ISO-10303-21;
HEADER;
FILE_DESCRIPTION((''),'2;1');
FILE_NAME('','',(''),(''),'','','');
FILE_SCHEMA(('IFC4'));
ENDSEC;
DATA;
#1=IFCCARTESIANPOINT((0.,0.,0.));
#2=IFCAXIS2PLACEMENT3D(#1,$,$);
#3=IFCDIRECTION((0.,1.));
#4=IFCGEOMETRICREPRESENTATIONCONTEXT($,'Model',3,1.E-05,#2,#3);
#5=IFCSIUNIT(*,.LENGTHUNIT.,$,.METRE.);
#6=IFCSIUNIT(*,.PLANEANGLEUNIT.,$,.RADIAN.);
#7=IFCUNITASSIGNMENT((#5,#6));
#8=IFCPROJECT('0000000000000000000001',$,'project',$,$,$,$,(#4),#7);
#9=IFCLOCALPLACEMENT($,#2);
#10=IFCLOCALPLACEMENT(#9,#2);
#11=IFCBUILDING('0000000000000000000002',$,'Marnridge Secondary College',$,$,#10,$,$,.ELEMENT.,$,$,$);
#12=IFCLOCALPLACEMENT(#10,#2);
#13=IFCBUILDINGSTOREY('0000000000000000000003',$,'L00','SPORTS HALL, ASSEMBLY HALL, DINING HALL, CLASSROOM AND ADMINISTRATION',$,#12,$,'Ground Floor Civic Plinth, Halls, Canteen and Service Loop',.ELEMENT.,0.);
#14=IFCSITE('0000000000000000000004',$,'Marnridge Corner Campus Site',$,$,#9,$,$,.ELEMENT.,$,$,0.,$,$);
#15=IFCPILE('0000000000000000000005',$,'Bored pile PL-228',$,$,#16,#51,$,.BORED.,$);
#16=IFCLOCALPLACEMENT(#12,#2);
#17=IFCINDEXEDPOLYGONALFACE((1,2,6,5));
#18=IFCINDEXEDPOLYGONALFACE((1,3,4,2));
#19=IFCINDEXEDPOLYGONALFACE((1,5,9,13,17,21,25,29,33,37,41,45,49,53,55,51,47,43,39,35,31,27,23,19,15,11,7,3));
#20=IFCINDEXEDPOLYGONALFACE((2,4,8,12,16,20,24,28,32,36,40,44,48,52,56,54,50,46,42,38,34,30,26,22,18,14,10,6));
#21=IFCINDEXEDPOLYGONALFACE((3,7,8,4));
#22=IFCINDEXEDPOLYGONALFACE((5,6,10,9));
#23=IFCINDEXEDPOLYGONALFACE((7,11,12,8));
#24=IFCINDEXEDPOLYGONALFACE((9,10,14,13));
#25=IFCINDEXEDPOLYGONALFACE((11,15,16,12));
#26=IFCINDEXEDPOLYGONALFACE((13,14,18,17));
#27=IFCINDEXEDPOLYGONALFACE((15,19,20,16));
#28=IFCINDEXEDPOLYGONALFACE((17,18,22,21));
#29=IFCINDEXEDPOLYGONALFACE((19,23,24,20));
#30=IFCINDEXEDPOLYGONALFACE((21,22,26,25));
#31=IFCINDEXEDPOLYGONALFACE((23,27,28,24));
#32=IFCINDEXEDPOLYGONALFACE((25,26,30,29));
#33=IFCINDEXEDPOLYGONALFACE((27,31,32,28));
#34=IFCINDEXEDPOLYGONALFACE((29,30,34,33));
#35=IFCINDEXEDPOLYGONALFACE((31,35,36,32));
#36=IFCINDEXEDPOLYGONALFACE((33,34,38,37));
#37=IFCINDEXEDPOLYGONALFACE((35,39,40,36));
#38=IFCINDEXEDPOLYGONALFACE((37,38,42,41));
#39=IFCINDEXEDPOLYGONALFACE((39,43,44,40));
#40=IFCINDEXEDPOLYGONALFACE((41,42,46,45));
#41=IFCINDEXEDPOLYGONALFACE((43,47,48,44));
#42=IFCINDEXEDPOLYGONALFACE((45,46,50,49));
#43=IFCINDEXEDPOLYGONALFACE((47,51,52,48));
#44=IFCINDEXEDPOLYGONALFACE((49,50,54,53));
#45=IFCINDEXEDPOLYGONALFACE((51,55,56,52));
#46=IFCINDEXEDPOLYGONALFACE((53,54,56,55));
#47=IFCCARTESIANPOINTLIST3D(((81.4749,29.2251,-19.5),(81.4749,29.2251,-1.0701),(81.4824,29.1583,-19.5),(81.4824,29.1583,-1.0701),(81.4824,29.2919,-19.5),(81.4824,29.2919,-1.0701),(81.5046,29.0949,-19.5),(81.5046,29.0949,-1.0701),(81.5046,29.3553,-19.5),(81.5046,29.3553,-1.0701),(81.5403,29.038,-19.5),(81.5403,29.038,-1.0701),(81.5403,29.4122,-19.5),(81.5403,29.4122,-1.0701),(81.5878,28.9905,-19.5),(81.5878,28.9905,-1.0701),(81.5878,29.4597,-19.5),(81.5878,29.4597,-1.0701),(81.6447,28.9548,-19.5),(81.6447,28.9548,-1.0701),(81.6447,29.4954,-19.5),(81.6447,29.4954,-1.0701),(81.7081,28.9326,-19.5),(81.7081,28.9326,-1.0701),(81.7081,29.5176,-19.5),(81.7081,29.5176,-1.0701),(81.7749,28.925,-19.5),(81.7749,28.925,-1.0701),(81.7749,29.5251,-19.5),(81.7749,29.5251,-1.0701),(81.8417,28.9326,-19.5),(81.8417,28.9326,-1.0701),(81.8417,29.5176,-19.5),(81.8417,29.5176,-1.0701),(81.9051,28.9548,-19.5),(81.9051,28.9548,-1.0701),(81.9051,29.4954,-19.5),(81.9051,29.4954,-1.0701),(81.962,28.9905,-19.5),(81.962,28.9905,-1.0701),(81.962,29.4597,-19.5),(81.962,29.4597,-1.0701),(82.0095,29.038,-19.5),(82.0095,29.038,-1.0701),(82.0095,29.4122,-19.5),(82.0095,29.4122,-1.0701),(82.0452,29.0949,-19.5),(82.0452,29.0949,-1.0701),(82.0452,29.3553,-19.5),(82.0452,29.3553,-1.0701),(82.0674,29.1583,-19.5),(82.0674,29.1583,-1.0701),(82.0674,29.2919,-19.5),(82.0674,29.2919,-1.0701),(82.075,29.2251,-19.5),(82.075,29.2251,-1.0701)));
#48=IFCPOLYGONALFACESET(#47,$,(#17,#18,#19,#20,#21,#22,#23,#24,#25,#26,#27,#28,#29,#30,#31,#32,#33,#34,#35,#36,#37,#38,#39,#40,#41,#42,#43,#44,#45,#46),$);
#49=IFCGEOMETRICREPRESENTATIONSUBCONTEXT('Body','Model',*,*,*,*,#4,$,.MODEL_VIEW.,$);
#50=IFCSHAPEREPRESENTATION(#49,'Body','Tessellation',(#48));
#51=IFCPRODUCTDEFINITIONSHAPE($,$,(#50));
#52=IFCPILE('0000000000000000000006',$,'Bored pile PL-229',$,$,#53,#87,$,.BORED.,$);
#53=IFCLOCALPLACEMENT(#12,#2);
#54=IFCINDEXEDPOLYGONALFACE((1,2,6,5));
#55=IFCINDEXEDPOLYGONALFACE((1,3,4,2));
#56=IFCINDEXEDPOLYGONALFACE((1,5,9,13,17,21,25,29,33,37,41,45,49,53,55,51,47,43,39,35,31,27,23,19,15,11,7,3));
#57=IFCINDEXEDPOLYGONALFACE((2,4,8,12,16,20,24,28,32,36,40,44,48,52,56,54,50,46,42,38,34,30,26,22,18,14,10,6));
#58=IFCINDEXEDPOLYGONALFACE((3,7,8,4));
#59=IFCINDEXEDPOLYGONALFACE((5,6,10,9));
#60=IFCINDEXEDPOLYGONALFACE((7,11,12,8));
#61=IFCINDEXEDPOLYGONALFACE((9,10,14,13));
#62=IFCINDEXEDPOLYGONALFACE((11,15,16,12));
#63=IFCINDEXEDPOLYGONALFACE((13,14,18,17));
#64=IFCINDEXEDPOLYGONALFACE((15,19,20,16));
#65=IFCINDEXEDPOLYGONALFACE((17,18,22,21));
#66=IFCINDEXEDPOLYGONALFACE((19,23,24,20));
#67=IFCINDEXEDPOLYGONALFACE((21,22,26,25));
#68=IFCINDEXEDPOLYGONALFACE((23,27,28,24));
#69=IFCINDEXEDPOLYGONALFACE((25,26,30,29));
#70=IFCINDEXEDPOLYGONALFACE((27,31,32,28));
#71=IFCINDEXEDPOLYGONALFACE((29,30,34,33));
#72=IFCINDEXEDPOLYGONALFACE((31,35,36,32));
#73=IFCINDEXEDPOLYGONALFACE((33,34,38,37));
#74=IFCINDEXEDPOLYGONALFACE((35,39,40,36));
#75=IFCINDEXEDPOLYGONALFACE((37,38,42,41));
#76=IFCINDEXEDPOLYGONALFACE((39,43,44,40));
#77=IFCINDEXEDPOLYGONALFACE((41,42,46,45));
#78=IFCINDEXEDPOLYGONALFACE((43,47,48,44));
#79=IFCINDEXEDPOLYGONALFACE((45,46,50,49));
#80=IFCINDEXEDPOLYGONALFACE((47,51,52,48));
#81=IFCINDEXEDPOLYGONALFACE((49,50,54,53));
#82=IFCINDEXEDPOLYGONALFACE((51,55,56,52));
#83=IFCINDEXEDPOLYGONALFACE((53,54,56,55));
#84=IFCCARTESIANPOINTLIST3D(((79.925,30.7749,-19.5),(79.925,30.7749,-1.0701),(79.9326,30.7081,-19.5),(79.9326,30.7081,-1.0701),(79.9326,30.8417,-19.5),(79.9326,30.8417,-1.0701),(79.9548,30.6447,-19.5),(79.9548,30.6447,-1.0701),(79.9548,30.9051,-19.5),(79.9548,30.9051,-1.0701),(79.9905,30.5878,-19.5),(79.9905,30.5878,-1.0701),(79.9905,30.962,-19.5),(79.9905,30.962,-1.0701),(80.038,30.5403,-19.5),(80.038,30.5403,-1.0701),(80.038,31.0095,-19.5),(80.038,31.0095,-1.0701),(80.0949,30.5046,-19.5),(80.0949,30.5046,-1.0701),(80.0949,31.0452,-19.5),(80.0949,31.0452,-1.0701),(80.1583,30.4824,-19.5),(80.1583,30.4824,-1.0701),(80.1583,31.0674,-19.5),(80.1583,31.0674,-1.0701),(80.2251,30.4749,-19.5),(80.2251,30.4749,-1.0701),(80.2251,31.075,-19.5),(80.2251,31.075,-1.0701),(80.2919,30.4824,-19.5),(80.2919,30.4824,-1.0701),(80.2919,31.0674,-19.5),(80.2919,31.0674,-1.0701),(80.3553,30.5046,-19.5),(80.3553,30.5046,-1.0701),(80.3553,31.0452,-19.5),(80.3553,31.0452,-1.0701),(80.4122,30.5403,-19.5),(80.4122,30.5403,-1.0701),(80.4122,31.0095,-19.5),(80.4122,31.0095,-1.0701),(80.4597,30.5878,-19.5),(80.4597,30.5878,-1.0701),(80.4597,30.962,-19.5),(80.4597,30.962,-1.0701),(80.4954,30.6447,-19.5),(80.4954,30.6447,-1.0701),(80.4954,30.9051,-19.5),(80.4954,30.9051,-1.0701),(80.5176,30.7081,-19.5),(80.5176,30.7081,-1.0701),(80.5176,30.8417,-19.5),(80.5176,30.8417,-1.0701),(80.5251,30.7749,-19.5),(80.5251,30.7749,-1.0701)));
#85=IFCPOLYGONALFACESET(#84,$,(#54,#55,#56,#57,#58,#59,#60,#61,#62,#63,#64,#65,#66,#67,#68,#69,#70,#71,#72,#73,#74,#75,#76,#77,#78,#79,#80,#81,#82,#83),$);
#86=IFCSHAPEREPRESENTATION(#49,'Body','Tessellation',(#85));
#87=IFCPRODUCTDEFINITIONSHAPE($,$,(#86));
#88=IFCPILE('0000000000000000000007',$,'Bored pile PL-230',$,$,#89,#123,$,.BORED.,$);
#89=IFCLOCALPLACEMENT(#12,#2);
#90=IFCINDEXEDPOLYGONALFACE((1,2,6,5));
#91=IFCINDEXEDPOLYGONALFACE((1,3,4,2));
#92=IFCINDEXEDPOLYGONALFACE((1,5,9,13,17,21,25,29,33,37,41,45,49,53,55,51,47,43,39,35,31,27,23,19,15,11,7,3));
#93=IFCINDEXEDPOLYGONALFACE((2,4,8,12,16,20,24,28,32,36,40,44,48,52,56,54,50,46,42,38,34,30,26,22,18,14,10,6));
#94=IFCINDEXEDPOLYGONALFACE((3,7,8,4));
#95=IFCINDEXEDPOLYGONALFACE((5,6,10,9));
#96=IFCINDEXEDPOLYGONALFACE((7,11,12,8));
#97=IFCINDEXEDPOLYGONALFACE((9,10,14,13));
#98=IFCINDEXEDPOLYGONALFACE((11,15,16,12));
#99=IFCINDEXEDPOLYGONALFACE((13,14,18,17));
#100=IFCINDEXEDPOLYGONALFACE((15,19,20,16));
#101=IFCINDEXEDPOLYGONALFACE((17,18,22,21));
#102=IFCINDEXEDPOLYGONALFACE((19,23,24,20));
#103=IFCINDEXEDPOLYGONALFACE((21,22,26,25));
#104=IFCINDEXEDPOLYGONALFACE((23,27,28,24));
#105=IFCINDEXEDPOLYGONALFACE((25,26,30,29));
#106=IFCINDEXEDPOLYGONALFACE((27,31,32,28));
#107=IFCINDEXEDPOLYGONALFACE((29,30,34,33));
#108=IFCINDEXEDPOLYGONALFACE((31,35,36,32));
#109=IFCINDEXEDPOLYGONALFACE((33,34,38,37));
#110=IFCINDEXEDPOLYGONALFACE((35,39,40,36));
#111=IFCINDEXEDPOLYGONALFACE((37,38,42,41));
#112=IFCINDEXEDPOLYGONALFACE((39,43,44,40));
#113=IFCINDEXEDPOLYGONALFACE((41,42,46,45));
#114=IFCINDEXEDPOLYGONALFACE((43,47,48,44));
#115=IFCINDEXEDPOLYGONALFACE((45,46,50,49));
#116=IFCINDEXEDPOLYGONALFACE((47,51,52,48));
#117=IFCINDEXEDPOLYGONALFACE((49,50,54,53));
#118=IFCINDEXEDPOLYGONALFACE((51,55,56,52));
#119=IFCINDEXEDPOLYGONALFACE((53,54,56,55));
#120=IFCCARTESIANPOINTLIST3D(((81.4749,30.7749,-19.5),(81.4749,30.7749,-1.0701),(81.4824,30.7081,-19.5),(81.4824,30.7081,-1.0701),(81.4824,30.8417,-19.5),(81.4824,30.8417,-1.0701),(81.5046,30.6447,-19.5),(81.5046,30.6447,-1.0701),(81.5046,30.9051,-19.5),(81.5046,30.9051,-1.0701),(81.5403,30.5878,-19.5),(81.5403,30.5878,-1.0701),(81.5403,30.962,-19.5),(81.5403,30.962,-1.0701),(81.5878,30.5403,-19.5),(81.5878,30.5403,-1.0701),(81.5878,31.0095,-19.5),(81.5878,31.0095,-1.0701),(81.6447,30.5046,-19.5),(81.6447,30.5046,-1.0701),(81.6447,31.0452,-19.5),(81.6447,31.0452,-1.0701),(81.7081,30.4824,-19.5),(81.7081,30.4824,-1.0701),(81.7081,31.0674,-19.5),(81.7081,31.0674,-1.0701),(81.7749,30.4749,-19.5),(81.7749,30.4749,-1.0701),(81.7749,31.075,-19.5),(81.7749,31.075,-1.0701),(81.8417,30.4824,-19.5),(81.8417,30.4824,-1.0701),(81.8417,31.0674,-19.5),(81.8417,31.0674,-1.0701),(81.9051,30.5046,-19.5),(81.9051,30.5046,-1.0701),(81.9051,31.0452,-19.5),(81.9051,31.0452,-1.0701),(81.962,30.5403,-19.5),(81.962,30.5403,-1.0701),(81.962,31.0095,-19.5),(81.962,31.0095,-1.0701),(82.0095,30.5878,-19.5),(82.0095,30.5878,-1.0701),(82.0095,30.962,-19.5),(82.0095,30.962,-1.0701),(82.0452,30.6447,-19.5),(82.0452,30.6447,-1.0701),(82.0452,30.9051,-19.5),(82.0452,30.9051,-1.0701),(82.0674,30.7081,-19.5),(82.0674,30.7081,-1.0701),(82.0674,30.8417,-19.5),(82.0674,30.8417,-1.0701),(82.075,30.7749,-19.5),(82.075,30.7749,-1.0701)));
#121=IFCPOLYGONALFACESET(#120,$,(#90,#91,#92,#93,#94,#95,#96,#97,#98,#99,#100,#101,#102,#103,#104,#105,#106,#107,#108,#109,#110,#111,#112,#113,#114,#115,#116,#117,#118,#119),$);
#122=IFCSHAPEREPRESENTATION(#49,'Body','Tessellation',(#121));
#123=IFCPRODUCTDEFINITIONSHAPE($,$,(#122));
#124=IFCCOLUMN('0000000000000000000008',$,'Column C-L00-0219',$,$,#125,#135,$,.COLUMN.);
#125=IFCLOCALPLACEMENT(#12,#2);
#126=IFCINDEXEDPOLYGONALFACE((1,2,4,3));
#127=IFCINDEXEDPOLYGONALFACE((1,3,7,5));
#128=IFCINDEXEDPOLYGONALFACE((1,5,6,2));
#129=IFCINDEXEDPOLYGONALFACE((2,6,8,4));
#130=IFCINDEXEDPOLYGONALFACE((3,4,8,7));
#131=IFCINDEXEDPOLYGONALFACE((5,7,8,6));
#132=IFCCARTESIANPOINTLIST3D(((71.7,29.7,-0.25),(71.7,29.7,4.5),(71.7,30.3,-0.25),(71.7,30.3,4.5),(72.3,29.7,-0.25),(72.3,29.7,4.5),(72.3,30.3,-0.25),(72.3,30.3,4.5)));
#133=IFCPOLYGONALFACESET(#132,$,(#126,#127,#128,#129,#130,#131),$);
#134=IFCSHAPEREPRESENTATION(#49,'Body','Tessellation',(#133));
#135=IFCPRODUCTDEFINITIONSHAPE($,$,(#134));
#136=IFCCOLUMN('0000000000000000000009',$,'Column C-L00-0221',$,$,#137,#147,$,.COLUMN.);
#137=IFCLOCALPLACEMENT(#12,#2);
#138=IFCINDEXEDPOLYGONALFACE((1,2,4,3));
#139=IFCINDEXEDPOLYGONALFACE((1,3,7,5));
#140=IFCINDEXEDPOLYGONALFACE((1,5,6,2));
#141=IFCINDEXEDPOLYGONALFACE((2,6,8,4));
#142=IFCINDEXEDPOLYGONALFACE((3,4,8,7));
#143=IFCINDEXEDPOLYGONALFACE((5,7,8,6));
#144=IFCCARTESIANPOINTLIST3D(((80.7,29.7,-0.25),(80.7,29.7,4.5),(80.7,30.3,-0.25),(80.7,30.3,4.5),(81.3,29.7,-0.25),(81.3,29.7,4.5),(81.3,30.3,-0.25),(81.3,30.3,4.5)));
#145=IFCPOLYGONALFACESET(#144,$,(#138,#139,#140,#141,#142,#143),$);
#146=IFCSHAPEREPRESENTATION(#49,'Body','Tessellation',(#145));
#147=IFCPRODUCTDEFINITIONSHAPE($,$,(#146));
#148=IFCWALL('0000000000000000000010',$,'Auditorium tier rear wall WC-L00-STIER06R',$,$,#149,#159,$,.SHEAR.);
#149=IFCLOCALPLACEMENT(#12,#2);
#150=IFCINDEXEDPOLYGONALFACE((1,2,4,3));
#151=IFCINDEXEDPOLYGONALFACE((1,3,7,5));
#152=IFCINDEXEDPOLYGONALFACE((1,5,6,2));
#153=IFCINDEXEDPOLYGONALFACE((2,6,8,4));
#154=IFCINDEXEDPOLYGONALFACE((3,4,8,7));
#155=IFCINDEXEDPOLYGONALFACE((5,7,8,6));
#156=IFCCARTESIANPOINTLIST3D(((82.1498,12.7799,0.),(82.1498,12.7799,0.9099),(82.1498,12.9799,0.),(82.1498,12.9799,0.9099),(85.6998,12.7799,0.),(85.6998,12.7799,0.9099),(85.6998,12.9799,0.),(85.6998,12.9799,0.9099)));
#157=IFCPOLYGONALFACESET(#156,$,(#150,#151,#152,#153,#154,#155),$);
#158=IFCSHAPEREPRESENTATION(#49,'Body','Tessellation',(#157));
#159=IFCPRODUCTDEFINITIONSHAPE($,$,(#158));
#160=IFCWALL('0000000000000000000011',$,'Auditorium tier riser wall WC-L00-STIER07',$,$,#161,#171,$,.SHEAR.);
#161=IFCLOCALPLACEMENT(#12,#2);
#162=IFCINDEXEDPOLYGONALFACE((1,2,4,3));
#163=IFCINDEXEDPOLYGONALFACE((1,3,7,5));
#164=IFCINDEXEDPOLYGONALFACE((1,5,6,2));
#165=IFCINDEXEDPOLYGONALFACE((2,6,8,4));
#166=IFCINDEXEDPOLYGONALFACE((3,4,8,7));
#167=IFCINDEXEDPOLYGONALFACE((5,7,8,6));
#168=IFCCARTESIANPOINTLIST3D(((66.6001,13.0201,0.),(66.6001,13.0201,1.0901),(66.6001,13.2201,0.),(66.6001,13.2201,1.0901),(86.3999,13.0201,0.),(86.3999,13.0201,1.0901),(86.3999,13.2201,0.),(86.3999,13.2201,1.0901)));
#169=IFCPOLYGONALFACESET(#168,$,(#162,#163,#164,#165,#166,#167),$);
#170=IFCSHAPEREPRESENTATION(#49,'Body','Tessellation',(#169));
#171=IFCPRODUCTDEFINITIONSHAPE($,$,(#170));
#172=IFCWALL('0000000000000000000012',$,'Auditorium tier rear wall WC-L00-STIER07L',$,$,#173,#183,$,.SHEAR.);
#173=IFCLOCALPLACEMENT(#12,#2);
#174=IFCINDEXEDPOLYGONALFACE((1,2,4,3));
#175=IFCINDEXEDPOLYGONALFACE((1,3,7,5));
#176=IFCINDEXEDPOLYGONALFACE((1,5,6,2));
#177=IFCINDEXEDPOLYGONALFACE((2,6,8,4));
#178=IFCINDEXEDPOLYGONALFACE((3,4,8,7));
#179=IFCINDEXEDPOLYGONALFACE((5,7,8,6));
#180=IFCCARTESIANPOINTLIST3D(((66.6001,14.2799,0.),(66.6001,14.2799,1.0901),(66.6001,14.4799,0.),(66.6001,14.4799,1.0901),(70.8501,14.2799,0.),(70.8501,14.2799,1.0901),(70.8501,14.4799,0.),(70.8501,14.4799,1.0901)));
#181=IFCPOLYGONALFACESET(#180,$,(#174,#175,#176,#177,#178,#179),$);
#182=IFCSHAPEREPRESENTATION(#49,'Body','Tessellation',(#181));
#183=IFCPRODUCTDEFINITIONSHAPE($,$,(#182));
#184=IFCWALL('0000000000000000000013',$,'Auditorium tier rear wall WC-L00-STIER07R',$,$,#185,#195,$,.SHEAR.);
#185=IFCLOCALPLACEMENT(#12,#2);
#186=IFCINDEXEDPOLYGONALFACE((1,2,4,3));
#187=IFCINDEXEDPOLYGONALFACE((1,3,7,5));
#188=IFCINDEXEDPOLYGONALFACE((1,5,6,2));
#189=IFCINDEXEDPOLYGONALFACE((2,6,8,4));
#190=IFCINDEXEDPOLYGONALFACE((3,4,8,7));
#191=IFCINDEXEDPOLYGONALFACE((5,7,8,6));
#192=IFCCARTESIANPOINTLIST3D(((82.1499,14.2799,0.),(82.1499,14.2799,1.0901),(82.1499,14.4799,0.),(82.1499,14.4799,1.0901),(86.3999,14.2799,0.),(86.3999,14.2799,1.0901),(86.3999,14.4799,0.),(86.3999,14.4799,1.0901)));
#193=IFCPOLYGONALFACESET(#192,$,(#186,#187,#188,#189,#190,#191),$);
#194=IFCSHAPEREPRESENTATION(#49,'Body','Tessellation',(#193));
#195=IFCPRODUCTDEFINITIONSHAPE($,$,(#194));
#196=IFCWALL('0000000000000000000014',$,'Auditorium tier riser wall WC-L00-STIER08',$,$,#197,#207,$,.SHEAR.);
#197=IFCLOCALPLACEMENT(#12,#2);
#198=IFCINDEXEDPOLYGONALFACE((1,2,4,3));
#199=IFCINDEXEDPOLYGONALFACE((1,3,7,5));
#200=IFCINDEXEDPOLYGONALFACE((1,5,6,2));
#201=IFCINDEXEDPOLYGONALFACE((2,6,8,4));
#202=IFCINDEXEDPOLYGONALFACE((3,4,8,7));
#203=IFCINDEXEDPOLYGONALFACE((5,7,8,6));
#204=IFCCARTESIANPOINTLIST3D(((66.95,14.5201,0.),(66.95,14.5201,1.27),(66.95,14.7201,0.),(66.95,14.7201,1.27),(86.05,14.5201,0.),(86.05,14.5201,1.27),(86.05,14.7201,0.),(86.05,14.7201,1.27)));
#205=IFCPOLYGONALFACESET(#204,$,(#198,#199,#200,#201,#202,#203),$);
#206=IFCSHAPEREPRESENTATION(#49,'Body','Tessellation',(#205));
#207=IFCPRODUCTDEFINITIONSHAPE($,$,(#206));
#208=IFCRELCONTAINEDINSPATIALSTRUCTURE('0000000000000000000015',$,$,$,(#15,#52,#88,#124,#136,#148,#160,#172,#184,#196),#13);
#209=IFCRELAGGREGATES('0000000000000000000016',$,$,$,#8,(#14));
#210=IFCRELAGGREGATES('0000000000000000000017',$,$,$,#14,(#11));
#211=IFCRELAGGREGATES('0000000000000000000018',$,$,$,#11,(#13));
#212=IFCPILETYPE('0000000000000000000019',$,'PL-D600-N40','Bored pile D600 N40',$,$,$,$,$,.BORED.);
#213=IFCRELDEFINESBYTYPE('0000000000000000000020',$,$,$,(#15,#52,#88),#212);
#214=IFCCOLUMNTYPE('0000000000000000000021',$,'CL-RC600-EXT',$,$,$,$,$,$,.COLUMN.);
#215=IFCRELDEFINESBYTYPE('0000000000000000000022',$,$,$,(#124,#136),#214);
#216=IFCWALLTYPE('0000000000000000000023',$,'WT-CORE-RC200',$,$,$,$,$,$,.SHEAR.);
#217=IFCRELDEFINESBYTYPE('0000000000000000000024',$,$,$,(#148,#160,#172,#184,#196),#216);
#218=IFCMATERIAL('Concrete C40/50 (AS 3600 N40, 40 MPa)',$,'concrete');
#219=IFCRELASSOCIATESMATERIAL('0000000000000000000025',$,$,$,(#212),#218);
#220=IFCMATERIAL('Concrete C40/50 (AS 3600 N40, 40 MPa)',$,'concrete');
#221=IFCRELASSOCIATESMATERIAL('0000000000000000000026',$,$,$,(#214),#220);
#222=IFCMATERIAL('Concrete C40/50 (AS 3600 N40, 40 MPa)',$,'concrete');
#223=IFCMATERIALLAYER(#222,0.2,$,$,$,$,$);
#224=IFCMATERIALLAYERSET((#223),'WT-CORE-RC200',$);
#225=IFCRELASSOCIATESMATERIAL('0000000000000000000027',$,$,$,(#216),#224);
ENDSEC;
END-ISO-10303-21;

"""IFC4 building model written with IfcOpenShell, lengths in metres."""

from ifc_helpers import new_model, si_unit, direction, frame, frame_2d, origin, origin_2d, place, context, subcontext, project, spatial, rectangle, circle, extrude, material, layer, layer_set, material_profile, profile_set, type_object, element, save


model = new_model("IFC4")

# Units and contexts
model_context = context("Model", 3, precision=1e-05, world=origin(), true_north=direction((0.0, 1.0)))
body_context = subcontext(model_context, "Body", "Model", "MODEL_VIEW")
ifc_project = project(units=[si_unit("LENGTHUNIT", "METRE"), si_unit("PLANEANGLEUNIT", "RADIAN")], contexts=[model_context])

# Site, building, storey
site_placement = place(None, origin())
site = spatial("IfcSite", under=ifc_project, at=site_placement, Name="Marnridge Corner Campus Site", CompositionType="ELEMENT", RefElevation=0.0)
building_placement = place(site_placement, origin())
building = spatial("IfcBuilding", under=site, at=building_placement, Name="Marnridge Secondary College", CompositionType="ELEMENT")
storey_placement = place(building_placement, origin())
storey = spatial("IfcBuildingStorey", under=building, at=storey_placement, Name="L00", Description="SPORTS HALL, ASSEMBLY HALL, DINING HALL, CLASSROOM AND ADMINISTRATION", LongName="Ground Floor Civic Plinth, Halls, Canteen and Service Loop", CompositionType="ELEMENT", Elevation=0.0)

# Piles
ifc_material_1 = material(Name="Concrete C40/50 (AS 3600 N40, 40 MPa)", Category="concrete")
ifc_material_profile_1 = material_profile(ifc_material_1, circle(Radius=0.3, at=origin_2d()), Name="PILE D600")
ifc_profile_set_1 = profile_set([ifc_material_profile_1], Name="Concrete C40/50 (AS 3600 N40, 40 MPa)")
pile_type = type_object("IfcPileType", Name="PL-D600-N40", Description="Bored pile D600 N40", PredefinedType="BORED", material=ifc_profile_set_1)
for number, where, z_axis, x_axis, name in (
    (1, (81.7749, 29.2251, -1.0701), (0.0, 0.0, -1.0), (1.0, 0.0, 0.0), "Bored pile PL-228"),
    (2, (80.2251, 30.7749, -1.0701), (0.0, 0.0, -1.0), (1.0, 0.0, 0.0), "Bored pile PL-229"),
    (3, (81.7749, 30.7749, -1.0701), (0.0, 0.0, -1.0), (1.0, 0.0, 0.0), "Bored pile PL-230"),
):
    element("IfcPile", number, at=place(storey_placement, frame(where, z_axis=z_axis, x_axis=x_axis)), inside=storey, type_object=pile_type, Name=name, PredefinedType="BORED", context=body_context, shape_type="SweptSolid", body=[
        extrude(circle(Radius=0.3, at=origin_2d()), origin(), (0.0, 0.0, 1.0), 18.4299),
    ])

# Columns
ifc_material_2 = material(Name="Concrete C40/50 (AS 3600 N40, 40 MPa)", Category="concrete")
ifc_material_profile_2 = material_profile(ifc_material_2, rectangle(XDim=0.6001, YDim=0.6001, at=origin_2d()), Name="RC 600x600")
ifc_profile_set_2 = profile_set([ifc_material_profile_2], Name="Concrete C40/50 (AS 3600 N40, 40 MPa)")
column_type = type_object("IfcColumnType", Name="CL-RC600-EXT", PredefinedType="COLUMN", material=ifc_profile_set_2)
for number, where, z_axis, x_axis, name in (
    (4, (72.0, 30.0, -0.25), (0.0, 0.0, 1.0), (1.0, 0.0, 0.0), "Column C-L00-0219"),
    (5, (81.0, 30.0, -0.25), (0.0, 0.0, 1.0), (1.0, 0.0, 0.0), "Column C-L00-0221"),
):
    element("IfcColumn", number, at=place(storey_placement, frame(where, z_axis=z_axis, x_axis=x_axis)), inside=storey, type_object=column_type, Name=name, PredefinedType="COLUMN", context=body_context, shape_type="SweptSolid", body=[
        extrude(rectangle(XDim=0.6001, YDim=0.6001, at=origin_2d()), origin(), (0.0, 0.0, 1.0), 4.75),
    ])

# Walls
ifc_material_3 = material(Name="Concrete C40/50 (AS 3600 N40, 40 MPa)", Category="concrete")
ifc_layer_1 = layer(ifc_material_3, 0.2)
ifc_layer_set_1 = layer_set([ifc_layer_1], Name="WT-CORE-RC200")
wall_type_1 = type_object("IfcWallType", Name="WT-CORE-RC200", PredefinedType="SHEAR", material=ifc_layer_set_1)
wall_1_placement = place(storey_placement, frame((82.1499, 12.8799, 0.0), z_axis=(0.0, 0.0, 1.0), x_axis=(1.0, 0.0, 0.0)))
element("IfcWall", 6, at=wall_1_placement, inside=storey, type_object=wall_type_1, Name="Auditorium tier rear wall WC-L00-STIER06R", PredefinedType="SHEAR", context=body_context, shape_type="SweptSolid", body=[
    extrude(rectangle(XDim=3.55, YDim=0.2, at=frame_2d((1.7749, 0.0))), origin(), (0.0, 0.0, 1.0), 0.9099),
])
wall_2_placement = place(storey_placement, frame((66.6001, 13.1201, 0.0), z_axis=(0.0, 0.0, 1.0), x_axis=(1.0, 0.0, 0.0)))
element("IfcWall", 7, at=wall_2_placement, inside=storey, type_object=wall_type_1, Name="Auditorium tier riser wall WC-L00-STIER07", PredefinedType="SHEAR", context=body_context, shape_type="SweptSolid", body=[
    extrude(rectangle(XDim=19.7998, YDim=0.2, at=frame_2d((9.8999, 0.0))), origin(), (0.0, 0.0, 1.0), 1.0901),
])
for number, where, z_axis, x_axis, name in (
    (8, (66.6001, 14.3799, 0.0), (0.0, 0.0, 1.0), (1.0, 0.0, 0.0), "Auditorium tier rear wall WC-L00-STIER07L"),
    (9, (82.1499, 14.3799, 0.0), (0.0, 0.0, 1.0), (1.0, 0.0, 0.0), "Auditorium tier rear wall WC-L00-STIER07R"),
):
    element("IfcWall", number, at=place(storey_placement, frame(where, z_axis=z_axis, x_axis=x_axis)), inside=storey, type_object=wall_type_1, Name=name, PredefinedType="SHEAR", context=body_context, shape_type="SweptSolid", body=[
        extrude(rectangle(XDim=4.25, YDim=0.2, at=frame_2d((2.125, 0.0))), origin(), (0.0, 0.0, 1.0), 1.0901),
    ])
wall_3_placement = place(storey_placement, frame((66.95, 14.6201, 0.0), z_axis=(0.0, 0.0, 1.0), x_axis=(1.0, 0.0, 0.0)))
element("IfcWall", 10, at=wall_3_placement, inside=storey, type_object=wall_type_1, Name="Auditorium tier riser wall WC-L00-STIER08", PredefinedType="SHEAR", context=body_context, shape_type="SweptSolid", body=[
    extrude(rectangle(XDim=19.1001, YDim=0.2, at=frame_2d((9.55, 0.0))), origin(), (0.0, 0.0, 1.0), 1.27),
])

save(model, "model.ifc")
